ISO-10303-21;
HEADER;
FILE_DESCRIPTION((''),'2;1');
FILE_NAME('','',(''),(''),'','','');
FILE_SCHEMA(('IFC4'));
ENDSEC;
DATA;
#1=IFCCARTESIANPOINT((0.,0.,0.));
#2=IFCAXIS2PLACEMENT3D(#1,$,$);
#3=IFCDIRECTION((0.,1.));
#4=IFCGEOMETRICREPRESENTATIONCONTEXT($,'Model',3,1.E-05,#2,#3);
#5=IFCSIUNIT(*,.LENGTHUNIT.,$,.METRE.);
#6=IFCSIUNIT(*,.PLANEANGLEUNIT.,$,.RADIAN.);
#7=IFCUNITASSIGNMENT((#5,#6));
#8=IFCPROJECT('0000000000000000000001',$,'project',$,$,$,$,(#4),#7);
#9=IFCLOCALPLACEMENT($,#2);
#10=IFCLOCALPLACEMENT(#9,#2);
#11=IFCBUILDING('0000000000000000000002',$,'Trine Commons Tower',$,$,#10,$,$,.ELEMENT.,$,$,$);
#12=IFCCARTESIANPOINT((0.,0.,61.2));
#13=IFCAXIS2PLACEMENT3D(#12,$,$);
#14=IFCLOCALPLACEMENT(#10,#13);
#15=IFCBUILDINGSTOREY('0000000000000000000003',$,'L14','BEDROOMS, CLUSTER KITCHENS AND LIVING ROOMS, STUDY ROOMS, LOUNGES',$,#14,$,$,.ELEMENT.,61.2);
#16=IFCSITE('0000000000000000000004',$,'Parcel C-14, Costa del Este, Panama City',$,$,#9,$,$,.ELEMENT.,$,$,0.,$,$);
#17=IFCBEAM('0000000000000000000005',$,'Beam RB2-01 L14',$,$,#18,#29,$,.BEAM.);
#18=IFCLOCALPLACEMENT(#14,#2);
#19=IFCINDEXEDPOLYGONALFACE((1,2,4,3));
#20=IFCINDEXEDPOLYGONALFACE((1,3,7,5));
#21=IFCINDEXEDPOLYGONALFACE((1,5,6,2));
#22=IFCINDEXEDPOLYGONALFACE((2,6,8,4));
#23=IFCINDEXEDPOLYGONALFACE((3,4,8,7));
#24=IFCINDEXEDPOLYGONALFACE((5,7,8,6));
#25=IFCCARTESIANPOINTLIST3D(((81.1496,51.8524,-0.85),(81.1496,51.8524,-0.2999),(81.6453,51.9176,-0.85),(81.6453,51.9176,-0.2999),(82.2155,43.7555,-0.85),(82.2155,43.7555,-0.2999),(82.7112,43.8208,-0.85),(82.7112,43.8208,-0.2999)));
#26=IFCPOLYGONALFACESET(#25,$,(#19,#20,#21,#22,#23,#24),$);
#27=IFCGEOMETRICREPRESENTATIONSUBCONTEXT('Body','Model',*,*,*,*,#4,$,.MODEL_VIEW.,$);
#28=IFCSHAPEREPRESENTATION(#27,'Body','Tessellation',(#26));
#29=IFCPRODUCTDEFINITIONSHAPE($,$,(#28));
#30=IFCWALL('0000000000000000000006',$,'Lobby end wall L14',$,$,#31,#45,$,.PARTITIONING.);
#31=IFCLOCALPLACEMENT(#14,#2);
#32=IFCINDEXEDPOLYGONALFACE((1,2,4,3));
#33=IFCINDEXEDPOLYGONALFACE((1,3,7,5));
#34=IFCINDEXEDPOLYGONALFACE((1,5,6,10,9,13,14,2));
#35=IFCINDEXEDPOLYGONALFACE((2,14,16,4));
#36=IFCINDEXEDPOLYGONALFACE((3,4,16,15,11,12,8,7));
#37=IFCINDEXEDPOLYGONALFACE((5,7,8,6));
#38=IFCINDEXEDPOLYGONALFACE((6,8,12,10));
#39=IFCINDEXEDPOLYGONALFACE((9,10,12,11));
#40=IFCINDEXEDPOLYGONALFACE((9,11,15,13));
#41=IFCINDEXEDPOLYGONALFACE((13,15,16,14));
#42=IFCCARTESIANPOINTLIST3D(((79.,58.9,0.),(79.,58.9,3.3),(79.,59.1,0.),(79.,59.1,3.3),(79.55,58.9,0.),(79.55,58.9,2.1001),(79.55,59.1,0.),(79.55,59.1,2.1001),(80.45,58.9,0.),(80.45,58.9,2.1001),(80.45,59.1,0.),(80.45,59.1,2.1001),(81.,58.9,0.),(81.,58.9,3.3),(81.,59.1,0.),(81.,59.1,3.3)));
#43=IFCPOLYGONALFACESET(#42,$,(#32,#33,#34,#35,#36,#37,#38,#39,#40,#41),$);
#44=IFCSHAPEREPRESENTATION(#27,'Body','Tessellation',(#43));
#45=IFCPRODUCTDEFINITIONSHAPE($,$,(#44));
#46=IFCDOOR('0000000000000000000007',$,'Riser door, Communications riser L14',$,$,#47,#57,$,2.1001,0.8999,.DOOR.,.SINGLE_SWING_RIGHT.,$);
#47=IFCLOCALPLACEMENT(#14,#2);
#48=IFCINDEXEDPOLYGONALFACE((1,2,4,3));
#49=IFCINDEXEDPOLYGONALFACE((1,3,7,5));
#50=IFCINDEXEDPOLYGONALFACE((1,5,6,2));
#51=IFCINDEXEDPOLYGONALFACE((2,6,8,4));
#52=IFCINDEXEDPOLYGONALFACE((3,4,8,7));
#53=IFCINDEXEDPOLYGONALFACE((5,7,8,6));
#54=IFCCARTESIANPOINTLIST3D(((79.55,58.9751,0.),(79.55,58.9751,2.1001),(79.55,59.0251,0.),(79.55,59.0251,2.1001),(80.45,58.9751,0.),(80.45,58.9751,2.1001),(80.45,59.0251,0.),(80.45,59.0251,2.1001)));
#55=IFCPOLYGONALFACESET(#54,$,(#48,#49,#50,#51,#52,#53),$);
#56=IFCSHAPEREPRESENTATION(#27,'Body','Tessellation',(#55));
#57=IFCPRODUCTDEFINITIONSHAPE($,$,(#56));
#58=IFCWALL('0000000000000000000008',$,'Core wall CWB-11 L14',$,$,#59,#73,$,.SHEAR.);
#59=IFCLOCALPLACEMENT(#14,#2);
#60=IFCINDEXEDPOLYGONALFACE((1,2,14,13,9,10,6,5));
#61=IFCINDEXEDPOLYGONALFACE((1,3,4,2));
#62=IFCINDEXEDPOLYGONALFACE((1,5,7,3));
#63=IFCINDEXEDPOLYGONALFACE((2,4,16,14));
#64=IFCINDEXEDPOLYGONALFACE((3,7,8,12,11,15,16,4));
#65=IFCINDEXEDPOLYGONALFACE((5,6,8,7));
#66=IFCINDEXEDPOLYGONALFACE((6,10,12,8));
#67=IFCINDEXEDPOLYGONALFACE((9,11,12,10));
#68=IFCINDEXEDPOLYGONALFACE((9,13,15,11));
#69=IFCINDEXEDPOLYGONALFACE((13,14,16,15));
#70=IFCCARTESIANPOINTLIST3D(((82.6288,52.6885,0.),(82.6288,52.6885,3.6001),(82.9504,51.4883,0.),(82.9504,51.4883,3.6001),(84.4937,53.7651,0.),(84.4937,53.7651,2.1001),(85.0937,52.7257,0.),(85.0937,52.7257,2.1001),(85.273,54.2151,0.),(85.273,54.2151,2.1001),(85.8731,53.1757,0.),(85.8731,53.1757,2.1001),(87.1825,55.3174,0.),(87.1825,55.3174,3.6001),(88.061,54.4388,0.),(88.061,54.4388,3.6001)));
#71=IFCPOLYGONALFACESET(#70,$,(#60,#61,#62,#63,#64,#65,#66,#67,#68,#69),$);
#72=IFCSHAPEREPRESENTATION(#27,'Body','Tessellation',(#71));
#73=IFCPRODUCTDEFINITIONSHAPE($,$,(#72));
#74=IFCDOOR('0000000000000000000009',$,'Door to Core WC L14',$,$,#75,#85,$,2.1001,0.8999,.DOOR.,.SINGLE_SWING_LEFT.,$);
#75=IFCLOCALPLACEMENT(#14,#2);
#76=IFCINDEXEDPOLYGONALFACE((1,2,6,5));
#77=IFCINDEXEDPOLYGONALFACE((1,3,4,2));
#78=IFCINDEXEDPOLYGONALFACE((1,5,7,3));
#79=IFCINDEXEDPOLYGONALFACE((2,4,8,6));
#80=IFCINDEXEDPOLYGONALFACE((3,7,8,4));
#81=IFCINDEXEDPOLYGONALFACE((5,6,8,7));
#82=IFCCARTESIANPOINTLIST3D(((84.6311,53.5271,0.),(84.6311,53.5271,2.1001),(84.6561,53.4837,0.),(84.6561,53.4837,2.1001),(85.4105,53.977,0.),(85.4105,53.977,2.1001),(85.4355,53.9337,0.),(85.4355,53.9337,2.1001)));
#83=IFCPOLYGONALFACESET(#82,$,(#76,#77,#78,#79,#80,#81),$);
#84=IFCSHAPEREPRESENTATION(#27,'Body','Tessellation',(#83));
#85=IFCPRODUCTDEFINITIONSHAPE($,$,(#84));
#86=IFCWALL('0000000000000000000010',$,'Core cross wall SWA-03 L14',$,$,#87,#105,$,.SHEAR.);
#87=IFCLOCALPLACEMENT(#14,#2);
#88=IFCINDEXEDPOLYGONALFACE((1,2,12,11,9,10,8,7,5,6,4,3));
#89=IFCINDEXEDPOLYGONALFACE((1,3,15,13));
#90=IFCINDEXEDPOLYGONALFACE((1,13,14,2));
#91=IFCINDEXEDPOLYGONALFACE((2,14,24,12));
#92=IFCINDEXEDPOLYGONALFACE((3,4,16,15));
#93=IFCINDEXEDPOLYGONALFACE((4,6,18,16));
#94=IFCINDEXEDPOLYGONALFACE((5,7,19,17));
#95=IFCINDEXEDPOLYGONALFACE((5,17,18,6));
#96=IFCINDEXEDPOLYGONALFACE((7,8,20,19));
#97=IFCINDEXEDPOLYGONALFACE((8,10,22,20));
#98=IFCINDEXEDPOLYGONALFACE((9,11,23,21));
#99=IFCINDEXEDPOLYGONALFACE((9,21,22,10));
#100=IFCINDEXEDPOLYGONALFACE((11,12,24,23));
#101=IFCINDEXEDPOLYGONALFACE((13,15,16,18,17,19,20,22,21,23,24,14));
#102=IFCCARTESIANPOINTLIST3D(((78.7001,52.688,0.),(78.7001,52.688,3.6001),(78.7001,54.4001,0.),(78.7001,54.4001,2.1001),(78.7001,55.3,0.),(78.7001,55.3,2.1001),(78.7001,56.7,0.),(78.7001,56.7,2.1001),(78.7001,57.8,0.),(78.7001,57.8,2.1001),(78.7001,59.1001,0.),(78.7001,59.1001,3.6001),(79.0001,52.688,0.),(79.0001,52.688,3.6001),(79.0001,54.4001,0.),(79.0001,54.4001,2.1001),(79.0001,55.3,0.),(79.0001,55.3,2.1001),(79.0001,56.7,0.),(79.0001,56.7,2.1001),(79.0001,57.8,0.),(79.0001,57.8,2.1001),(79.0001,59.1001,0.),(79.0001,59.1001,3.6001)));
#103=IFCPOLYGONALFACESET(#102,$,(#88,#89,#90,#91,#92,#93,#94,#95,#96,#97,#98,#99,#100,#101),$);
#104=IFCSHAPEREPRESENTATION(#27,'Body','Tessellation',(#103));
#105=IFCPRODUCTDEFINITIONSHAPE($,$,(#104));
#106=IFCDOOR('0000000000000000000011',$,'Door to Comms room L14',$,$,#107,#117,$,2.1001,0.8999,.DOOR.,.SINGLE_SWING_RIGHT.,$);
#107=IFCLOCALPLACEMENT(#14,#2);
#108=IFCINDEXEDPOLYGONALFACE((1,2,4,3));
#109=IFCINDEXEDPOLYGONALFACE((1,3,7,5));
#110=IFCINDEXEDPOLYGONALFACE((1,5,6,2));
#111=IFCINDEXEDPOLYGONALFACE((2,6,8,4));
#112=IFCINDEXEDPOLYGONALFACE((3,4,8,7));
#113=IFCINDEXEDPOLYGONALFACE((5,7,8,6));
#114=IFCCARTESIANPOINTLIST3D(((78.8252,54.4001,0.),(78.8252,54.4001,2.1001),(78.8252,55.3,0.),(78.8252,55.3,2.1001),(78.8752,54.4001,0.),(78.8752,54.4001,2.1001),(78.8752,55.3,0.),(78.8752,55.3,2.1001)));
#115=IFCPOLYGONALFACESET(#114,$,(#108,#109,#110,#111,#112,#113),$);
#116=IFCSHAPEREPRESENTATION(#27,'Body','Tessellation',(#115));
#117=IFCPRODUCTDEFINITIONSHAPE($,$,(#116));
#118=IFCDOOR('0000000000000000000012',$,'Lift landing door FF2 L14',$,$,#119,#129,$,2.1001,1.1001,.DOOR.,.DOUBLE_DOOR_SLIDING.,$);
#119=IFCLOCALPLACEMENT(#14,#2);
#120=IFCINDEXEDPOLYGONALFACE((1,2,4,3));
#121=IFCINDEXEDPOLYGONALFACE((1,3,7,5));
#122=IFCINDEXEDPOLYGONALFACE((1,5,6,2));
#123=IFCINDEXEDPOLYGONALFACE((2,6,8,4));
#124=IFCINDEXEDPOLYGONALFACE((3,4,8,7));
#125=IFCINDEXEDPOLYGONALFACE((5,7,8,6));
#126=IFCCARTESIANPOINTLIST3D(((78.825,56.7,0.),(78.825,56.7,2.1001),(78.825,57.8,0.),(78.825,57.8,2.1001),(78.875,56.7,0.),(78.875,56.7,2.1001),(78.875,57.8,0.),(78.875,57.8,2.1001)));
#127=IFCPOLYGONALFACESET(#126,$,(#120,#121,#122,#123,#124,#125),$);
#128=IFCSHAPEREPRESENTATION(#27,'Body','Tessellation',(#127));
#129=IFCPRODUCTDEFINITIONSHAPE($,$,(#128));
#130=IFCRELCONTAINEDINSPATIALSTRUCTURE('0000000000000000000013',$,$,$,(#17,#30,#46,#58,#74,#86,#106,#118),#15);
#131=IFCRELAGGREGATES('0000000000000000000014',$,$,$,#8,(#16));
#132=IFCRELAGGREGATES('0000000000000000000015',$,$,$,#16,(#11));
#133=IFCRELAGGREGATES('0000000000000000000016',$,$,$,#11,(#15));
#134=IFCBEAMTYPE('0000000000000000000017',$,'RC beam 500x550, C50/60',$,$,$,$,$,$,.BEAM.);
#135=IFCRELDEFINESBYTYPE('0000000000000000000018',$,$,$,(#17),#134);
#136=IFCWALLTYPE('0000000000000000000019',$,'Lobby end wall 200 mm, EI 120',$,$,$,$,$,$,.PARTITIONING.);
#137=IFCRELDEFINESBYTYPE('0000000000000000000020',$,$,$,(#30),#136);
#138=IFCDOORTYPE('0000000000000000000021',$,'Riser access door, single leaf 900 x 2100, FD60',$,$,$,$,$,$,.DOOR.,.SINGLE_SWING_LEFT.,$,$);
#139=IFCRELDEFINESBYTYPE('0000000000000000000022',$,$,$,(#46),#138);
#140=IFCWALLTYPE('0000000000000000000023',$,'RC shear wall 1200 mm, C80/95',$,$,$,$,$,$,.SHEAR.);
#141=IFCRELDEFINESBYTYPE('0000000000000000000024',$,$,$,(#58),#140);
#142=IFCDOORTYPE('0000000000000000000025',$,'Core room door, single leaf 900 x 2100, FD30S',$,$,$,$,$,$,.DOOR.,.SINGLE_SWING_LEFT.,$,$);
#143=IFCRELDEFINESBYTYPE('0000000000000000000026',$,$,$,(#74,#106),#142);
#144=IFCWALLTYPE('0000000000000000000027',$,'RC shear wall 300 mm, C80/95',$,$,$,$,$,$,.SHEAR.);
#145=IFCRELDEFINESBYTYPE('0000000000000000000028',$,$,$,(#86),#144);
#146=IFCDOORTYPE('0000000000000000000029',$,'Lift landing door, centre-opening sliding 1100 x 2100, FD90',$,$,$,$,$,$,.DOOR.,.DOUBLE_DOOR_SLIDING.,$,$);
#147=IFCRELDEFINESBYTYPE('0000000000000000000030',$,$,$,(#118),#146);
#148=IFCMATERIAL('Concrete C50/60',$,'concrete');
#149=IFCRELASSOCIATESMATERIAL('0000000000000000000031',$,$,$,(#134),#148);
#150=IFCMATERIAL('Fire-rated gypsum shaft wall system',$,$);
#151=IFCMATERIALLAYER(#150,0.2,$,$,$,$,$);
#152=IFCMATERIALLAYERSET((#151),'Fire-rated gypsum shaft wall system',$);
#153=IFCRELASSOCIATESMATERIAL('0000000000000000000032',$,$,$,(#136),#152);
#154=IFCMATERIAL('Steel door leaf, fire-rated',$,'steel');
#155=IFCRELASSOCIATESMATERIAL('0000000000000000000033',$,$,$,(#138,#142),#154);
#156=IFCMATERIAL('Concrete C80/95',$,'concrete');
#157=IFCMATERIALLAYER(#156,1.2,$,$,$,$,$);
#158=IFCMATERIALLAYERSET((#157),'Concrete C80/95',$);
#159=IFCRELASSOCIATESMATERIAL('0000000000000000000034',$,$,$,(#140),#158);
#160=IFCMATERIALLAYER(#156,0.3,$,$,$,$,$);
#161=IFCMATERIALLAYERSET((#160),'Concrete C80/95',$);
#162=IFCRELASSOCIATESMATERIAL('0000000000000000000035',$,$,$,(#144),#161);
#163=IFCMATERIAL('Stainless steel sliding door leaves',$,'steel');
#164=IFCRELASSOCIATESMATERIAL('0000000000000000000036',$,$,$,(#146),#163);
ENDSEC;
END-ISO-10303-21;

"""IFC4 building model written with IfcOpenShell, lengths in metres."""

from ifc_helpers import new_model, si_unit, direction, frame, frame_2d, origin, origin_2d, place, context, subcontext, project, spatial, polyline, rectangle, outline, extrude, material, layer, layer_set, material_profile, profile_set, type_object, element, fill, save


model = new_model("IFC4")

# Units and contexts
model_context = context("Model", 3, precision=1e-05, world=origin(), true_north=direction((0.0, 1.0)))
body_context = subcontext(model_context, "Body", "Model", "MODEL_VIEW")
ifc_project = project(units=[si_unit("LENGTHUNIT", "METRE"), si_unit("PLANEANGLEUNIT", "RADIAN")], contexts=[model_context])

# Site, building, storey
site_placement = place(None, origin())
site = spatial("IfcSite", under=ifc_project, at=site_placement, Name="Parcel C-14, Costa del Este, Panama City", CompositionType="ELEMENT", RefElevation=0.0)
building_placement = place(site_placement, origin())
building = spatial("IfcBuilding", under=site, at=building_placement, Name="Trine Commons Tower", CompositionType="ELEMENT")
storey_placement = place(building_placement, frame((0.0, 0.0, 61.2)))
storey = spatial("IfcBuildingStorey", under=building, at=storey_placement, Name="L14", Description="BEDROOMS, CLUSTER KITCHENS AND LIVING ROOMS, STUDY ROOMS, LOUNGES", CompositionType="ELEMENT", Elevation=61.2)

# Beam
ifc_material_1 = material(Name="Concrete C50/60", Category="concrete")
ifc_material_profile = material_profile(ifc_material_1, rectangle(XDim=0.5, YDim=0.55, at=origin_2d()), Name="RC 500x550")
ifc_profile_set = profile_set([ifc_material_profile], Name="Concrete C50/60")
beam_type = type_object("IfcBeamType", Name="RC beam 500x550, C50/60", PredefinedType="BEAM", material=ifc_profile_set)
beam_placement = place(storey_placement, frame((81.3975, 51.885, -0.575), z_axis=(0.130519, -0.991446, 0.0), x_axis=(0.991446, 0.130519, 0.0)))
element("IfcBeam", 1, at=beam_placement, inside=storey, type_object=beam_type, Name="Beam RB2-01 L14", PredefinedType="BEAM", context=body_context, shape_type="SweptSolid", body=[
    extrude(rectangle(XDim=0.5, YDim=0.55, at=origin_2d()), origin(), (0.0, 0.0, 1.0), 8.1667),
])

# Walls, openings, doors
ifc_material_2 = material(Name="Fire-rated gypsum shaft wall system")
ifc_layer_1 = layer(ifc_material_2, 0.2)
ifc_layer_set_1 = layer_set([ifc_layer_1], Name="Fire-rated gypsum shaft wall system")
wall_type_1 = type_object("IfcWallType", Name="Lobby end wall 200 mm, EI 120", PredefinedType="PARTITIONING", material=ifc_layer_set_1)
wall_1_placement = place(storey_placement, frame((79.0, 59.0, 0.0), z_axis=(0.0, 0.0, 1.0), x_axis=(1.0, 0.0, 0.0)))
wall_1 = element("IfcWall", 2, at=wall_1_placement, inside=storey, type_object=wall_type_1, Name="Lobby end wall L14", PredefinedType="PARTITIONING", context=body_context, shape_type="SweptSolid", body=[
    extrude(rectangle(XDim=2.0, YDim=0.2, at=frame_2d((1.0, 0.0))), origin(), (0.0, 0.0, 1.0), 3.3),
])
opening_1_placement = place(wall_1_placement, frame((0.55, 0.0, 0.0)))
opening_1 = element("IfcOpeningElement", 3, at=opening_1_placement, cuts=wall_1, PredefinedType="OPENING", context=body_context, shape_type="SweptSolid", body=[
    extrude(rectangle(XDim=0.8999, YDim=2.1001, at=frame_2d((0.45, 1.05))), frame((0.0, 0.1099, 0.0), z_axis=(0.0, -1.0, 0.0), x_axis=(1.0, 0.0, 0.0)), (0.0, 0.0, 1.0), 0.22),
])
ifc_material_3 = material(Name="Steel door leaf, fire-rated", Category="steel")
door_type_1 = type_object("IfcDoorType", Name="Riser access door, single leaf 900 x 2100, FD60", OperationType="SINGLE_SWING_LEFT", PredefinedType="DOOR", material=ifc_material_3)
door_1_placement = place(opening_1_placement, frame((0.8999, 0.0, 0.0), z_axis=(0.0, 0.0, 1.0), x_axis=(-1.0, 0.0, 0.0)))
door_1 = element("IfcDoor", 4, at=door_1_placement, inside=storey, type_object=door_type_1, Name="Riser door, Communications riser L14", OperationType="SINGLE_SWING_RIGHT", OverallHeight=2.1001, OverallWidth=0.8999, PredefinedType="DOOR", context=body_context, shape_type="SweptSolid", body=[
    extrude(rectangle(XDim=0.8999, YDim=2.1001, at=frame_2d((0.45, 1.05))), frame((0.0, 0.0249, 0.0), z_axis=(0.0, -1.0, 0.0), x_axis=(1.0, 0.0, 0.0)), (0.0, 0.0, 1.0), 0.05),
])
fill(opening_1, door_1)
ifc_material_4 = material(Name="Concrete C80/95", Category="concrete")
ifc_layer_2 = layer(ifc_material_4, 1.2)
ifc_layer_set_2 = layer_set([ifc_layer_2], Name="Concrete C80/95")
wall_type_2 = type_object("IfcWallType", Name="RC shear wall 1200 mm, C80/95", PredefinedType="SHEAR", material=ifc_layer_set_2)
wall_2_placement = place(storey_placement, frame((82.6504, 52.0081, 0.0), z_axis=(0.0, 0.0, 1.0), x_axis=(0.866037, 0.499979, 0.0)))
wall_2 = element("IfcWall", 5, at=wall_2_placement, inside=storey, type_object=wall_type_2, Name="Core wall CWB-11 L14", PredefinedType="SHEAR", context=body_context, shape_type="SweptSolid", body=[
    extrude(outline(polyline([(0.0, -0.6001), (5.9011, -0.6001), (5.5796, 0.6001), (0.3215, 0.6001), (0.0, -0.6001)])), origin(), (0.0, 0.0, 1.0), 3.6001),
])
opening_2_placement = place(wall_2_placement, frame((2.4749, 0.0, 0.0)))
opening_2 = element("IfcOpeningElement", 6, at=opening_2_placement, cuts=wall_2, PredefinedType="OPENING", context=body_context, shape_type="SweptSolid", body=[
    extrude(rectangle(XDim=0.8999, YDim=2.1001, at=frame_2d((0.45, 1.05))), frame((0.0, 0.6099, 0.0), z_axis=(0.0, -1.0, 0.0), x_axis=(1.0, 0.0, 0.0)), (0.0, 0.0, 1.0), 1.22),
])
door_type_2 = type_object("IfcDoorType", Name="Core room door, single leaf 900 x 2100, FD30S", OperationType="SINGLE_SWING_LEFT", PredefinedType="DOOR", material=ifc_material_3)
door_2_placement = place(opening_2_placement, origin())
door_2 = element("IfcDoor", 7, at=door_2_placement, inside=storey, type_object=door_type_2, Name="Door to Core WC L14", OperationType="SINGLE_SWING_LEFT", OverallHeight=2.1001, OverallWidth=0.8999, PredefinedType="DOOR", context=body_context, shape_type="SweptSolid", body=[
    extrude(rectangle(XDim=0.8999, YDim=2.1001, at=frame_2d((0.45, 1.05))), frame((0.0, 0.3252, 0.0), z_axis=(0.0, -1.0, 0.0), x_axis=(1.0, 0.0, 0.0)), (0.0, 0.0, 1.0), 0.05),
])
fill(opening_2, door_2)

# Wall, openings, doors
ifc_layer_3 = layer(ifc_material_4, 0.3)
ifc_layer_set_3 = layer_set([ifc_layer_3], Name="Concrete C80/95")
wall_type_3 = type_object("IfcWallType", Name="RC shear wall 300 mm, C80/95", PredefinedType="SHEAR", material=ifc_layer_set_3)
wall_3_placement = place(storey_placement, frame((78.8501, 59.1001, 0.0), z_axis=(0.0, 0.0, 1.0), x_axis=(0.0, -1.0, 0.0)))
wall_3 = element("IfcWall", 8, at=wall_3_placement, inside=storey, type_object=wall_type_3, Name="Core cross wall SWA-03 L14", PredefinedType="SHEAR", context=body_context, shape_type="SweptSolid", body=[
    extrude(rectangle(XDim=6.4121, YDim=0.3, at=frame_2d((3.2061, 0.0))), origin(), (0.0, 0.0, 1.0), 3.6001),
])
opening_3_placement = place(wall_3_placement, frame((3.8, 0.0, 0.0)))
opening_3 = element("IfcOpeningElement", 9, at=opening_3_placement, cuts=wall_3, PredefinedType="OPENING", context=body_context, shape_type="SweptSolid", body=[
    extrude(rectangle(XDim=0.8999, YDim=2.1001, at=frame_2d((0.45, 1.05))), frame((0.0, 0.1599, 0.0), z_axis=(0.0, -1.0, 0.0), x_axis=(1.0, 0.0, 0.0)), (0.0, 0.0, 1.0), 0.3201),
])
opening_4_placement = place(wall_3_placement, frame((1.3, 0.0, 0.0)))
opening_4 = element("IfcOpeningElement", 10, at=opening_4_placement, cuts=wall_3, PredefinedType="OPENING", context=body_context, shape_type="SweptSolid", body=[
    extrude(rectangle(XDim=1.1001, YDim=2.1001, at=frame_2d((0.55, 1.05))), frame((0.0, 0.1599, 0.0), z_axis=(0.0, -1.0, 0.0), x_axis=(1.0, 0.0, 0.0)), (0.0, 0.0, 1.0), 0.3201),
])
door_3_placement = place(opening_3_placement, frame((0.8999, 0.0, 0.0), z_axis=(0.0, 0.0, 1.0), x_axis=(-1.0, 0.0, 0.0)))
door_3 = element("IfcDoor", 11, at=door_3_placement, inside=storey, type_object=door_type_2, Name="Door to Comms room L14", OperationType="SINGLE_SWING_RIGHT", OverallHeight=2.1001, OverallWidth=0.8999, PredefinedType="DOOR", context=body_context, shape_type="SweptSolid", body=[
    extrude(rectangle(XDim=0.8999, YDim=2.1001, at=frame_2d((0.45, 1.05))), frame((0.0, 0.0249, 0.0), z_axis=(0.0, -1.0, 0.0), x_axis=(1.0, 0.0, 0.0)), (0.0, 0.0, 1.0), 0.05),
])
fill(opening_3, door_3)
ifc_material_5 = material(Name="Stainless steel sliding door leaves", Category="steel")
door_type_3 = type_object("IfcDoorType", Name="Lift landing door, centre-opening sliding 1100 x 2100, FD90", OperationType="DOUBLE_DOOR_SLIDING", PredefinedType="DOOR", material=ifc_material_5)
door_4_placement = place(opening_4_placement, origin())
door_4 = element("IfcDoor", 12, at=door_4_placement, inside=storey, type_object=door_type_3, Name="Lift landing door FF2 L14", OperationType="DOUBLE_DOOR_SLIDING", OverallHeight=2.1001, OverallWidth=1.1001, PredefinedType="DOOR", context=body_context, shape_type="SweptSolid", body=[
    extrude(rectangle(XDim=1.1001, YDim=2.1001, at=frame_2d((0.55, 1.05))), frame((0.0, 0.0249, 0.0), z_axis=(0.0, -1.0, 0.0), x_axis=(1.0, 0.0, 0.0)), (0.0, 0.0, 1.0), 0.05),
])
fill(opening_4, door_4)

save(model, "model.ifc")
